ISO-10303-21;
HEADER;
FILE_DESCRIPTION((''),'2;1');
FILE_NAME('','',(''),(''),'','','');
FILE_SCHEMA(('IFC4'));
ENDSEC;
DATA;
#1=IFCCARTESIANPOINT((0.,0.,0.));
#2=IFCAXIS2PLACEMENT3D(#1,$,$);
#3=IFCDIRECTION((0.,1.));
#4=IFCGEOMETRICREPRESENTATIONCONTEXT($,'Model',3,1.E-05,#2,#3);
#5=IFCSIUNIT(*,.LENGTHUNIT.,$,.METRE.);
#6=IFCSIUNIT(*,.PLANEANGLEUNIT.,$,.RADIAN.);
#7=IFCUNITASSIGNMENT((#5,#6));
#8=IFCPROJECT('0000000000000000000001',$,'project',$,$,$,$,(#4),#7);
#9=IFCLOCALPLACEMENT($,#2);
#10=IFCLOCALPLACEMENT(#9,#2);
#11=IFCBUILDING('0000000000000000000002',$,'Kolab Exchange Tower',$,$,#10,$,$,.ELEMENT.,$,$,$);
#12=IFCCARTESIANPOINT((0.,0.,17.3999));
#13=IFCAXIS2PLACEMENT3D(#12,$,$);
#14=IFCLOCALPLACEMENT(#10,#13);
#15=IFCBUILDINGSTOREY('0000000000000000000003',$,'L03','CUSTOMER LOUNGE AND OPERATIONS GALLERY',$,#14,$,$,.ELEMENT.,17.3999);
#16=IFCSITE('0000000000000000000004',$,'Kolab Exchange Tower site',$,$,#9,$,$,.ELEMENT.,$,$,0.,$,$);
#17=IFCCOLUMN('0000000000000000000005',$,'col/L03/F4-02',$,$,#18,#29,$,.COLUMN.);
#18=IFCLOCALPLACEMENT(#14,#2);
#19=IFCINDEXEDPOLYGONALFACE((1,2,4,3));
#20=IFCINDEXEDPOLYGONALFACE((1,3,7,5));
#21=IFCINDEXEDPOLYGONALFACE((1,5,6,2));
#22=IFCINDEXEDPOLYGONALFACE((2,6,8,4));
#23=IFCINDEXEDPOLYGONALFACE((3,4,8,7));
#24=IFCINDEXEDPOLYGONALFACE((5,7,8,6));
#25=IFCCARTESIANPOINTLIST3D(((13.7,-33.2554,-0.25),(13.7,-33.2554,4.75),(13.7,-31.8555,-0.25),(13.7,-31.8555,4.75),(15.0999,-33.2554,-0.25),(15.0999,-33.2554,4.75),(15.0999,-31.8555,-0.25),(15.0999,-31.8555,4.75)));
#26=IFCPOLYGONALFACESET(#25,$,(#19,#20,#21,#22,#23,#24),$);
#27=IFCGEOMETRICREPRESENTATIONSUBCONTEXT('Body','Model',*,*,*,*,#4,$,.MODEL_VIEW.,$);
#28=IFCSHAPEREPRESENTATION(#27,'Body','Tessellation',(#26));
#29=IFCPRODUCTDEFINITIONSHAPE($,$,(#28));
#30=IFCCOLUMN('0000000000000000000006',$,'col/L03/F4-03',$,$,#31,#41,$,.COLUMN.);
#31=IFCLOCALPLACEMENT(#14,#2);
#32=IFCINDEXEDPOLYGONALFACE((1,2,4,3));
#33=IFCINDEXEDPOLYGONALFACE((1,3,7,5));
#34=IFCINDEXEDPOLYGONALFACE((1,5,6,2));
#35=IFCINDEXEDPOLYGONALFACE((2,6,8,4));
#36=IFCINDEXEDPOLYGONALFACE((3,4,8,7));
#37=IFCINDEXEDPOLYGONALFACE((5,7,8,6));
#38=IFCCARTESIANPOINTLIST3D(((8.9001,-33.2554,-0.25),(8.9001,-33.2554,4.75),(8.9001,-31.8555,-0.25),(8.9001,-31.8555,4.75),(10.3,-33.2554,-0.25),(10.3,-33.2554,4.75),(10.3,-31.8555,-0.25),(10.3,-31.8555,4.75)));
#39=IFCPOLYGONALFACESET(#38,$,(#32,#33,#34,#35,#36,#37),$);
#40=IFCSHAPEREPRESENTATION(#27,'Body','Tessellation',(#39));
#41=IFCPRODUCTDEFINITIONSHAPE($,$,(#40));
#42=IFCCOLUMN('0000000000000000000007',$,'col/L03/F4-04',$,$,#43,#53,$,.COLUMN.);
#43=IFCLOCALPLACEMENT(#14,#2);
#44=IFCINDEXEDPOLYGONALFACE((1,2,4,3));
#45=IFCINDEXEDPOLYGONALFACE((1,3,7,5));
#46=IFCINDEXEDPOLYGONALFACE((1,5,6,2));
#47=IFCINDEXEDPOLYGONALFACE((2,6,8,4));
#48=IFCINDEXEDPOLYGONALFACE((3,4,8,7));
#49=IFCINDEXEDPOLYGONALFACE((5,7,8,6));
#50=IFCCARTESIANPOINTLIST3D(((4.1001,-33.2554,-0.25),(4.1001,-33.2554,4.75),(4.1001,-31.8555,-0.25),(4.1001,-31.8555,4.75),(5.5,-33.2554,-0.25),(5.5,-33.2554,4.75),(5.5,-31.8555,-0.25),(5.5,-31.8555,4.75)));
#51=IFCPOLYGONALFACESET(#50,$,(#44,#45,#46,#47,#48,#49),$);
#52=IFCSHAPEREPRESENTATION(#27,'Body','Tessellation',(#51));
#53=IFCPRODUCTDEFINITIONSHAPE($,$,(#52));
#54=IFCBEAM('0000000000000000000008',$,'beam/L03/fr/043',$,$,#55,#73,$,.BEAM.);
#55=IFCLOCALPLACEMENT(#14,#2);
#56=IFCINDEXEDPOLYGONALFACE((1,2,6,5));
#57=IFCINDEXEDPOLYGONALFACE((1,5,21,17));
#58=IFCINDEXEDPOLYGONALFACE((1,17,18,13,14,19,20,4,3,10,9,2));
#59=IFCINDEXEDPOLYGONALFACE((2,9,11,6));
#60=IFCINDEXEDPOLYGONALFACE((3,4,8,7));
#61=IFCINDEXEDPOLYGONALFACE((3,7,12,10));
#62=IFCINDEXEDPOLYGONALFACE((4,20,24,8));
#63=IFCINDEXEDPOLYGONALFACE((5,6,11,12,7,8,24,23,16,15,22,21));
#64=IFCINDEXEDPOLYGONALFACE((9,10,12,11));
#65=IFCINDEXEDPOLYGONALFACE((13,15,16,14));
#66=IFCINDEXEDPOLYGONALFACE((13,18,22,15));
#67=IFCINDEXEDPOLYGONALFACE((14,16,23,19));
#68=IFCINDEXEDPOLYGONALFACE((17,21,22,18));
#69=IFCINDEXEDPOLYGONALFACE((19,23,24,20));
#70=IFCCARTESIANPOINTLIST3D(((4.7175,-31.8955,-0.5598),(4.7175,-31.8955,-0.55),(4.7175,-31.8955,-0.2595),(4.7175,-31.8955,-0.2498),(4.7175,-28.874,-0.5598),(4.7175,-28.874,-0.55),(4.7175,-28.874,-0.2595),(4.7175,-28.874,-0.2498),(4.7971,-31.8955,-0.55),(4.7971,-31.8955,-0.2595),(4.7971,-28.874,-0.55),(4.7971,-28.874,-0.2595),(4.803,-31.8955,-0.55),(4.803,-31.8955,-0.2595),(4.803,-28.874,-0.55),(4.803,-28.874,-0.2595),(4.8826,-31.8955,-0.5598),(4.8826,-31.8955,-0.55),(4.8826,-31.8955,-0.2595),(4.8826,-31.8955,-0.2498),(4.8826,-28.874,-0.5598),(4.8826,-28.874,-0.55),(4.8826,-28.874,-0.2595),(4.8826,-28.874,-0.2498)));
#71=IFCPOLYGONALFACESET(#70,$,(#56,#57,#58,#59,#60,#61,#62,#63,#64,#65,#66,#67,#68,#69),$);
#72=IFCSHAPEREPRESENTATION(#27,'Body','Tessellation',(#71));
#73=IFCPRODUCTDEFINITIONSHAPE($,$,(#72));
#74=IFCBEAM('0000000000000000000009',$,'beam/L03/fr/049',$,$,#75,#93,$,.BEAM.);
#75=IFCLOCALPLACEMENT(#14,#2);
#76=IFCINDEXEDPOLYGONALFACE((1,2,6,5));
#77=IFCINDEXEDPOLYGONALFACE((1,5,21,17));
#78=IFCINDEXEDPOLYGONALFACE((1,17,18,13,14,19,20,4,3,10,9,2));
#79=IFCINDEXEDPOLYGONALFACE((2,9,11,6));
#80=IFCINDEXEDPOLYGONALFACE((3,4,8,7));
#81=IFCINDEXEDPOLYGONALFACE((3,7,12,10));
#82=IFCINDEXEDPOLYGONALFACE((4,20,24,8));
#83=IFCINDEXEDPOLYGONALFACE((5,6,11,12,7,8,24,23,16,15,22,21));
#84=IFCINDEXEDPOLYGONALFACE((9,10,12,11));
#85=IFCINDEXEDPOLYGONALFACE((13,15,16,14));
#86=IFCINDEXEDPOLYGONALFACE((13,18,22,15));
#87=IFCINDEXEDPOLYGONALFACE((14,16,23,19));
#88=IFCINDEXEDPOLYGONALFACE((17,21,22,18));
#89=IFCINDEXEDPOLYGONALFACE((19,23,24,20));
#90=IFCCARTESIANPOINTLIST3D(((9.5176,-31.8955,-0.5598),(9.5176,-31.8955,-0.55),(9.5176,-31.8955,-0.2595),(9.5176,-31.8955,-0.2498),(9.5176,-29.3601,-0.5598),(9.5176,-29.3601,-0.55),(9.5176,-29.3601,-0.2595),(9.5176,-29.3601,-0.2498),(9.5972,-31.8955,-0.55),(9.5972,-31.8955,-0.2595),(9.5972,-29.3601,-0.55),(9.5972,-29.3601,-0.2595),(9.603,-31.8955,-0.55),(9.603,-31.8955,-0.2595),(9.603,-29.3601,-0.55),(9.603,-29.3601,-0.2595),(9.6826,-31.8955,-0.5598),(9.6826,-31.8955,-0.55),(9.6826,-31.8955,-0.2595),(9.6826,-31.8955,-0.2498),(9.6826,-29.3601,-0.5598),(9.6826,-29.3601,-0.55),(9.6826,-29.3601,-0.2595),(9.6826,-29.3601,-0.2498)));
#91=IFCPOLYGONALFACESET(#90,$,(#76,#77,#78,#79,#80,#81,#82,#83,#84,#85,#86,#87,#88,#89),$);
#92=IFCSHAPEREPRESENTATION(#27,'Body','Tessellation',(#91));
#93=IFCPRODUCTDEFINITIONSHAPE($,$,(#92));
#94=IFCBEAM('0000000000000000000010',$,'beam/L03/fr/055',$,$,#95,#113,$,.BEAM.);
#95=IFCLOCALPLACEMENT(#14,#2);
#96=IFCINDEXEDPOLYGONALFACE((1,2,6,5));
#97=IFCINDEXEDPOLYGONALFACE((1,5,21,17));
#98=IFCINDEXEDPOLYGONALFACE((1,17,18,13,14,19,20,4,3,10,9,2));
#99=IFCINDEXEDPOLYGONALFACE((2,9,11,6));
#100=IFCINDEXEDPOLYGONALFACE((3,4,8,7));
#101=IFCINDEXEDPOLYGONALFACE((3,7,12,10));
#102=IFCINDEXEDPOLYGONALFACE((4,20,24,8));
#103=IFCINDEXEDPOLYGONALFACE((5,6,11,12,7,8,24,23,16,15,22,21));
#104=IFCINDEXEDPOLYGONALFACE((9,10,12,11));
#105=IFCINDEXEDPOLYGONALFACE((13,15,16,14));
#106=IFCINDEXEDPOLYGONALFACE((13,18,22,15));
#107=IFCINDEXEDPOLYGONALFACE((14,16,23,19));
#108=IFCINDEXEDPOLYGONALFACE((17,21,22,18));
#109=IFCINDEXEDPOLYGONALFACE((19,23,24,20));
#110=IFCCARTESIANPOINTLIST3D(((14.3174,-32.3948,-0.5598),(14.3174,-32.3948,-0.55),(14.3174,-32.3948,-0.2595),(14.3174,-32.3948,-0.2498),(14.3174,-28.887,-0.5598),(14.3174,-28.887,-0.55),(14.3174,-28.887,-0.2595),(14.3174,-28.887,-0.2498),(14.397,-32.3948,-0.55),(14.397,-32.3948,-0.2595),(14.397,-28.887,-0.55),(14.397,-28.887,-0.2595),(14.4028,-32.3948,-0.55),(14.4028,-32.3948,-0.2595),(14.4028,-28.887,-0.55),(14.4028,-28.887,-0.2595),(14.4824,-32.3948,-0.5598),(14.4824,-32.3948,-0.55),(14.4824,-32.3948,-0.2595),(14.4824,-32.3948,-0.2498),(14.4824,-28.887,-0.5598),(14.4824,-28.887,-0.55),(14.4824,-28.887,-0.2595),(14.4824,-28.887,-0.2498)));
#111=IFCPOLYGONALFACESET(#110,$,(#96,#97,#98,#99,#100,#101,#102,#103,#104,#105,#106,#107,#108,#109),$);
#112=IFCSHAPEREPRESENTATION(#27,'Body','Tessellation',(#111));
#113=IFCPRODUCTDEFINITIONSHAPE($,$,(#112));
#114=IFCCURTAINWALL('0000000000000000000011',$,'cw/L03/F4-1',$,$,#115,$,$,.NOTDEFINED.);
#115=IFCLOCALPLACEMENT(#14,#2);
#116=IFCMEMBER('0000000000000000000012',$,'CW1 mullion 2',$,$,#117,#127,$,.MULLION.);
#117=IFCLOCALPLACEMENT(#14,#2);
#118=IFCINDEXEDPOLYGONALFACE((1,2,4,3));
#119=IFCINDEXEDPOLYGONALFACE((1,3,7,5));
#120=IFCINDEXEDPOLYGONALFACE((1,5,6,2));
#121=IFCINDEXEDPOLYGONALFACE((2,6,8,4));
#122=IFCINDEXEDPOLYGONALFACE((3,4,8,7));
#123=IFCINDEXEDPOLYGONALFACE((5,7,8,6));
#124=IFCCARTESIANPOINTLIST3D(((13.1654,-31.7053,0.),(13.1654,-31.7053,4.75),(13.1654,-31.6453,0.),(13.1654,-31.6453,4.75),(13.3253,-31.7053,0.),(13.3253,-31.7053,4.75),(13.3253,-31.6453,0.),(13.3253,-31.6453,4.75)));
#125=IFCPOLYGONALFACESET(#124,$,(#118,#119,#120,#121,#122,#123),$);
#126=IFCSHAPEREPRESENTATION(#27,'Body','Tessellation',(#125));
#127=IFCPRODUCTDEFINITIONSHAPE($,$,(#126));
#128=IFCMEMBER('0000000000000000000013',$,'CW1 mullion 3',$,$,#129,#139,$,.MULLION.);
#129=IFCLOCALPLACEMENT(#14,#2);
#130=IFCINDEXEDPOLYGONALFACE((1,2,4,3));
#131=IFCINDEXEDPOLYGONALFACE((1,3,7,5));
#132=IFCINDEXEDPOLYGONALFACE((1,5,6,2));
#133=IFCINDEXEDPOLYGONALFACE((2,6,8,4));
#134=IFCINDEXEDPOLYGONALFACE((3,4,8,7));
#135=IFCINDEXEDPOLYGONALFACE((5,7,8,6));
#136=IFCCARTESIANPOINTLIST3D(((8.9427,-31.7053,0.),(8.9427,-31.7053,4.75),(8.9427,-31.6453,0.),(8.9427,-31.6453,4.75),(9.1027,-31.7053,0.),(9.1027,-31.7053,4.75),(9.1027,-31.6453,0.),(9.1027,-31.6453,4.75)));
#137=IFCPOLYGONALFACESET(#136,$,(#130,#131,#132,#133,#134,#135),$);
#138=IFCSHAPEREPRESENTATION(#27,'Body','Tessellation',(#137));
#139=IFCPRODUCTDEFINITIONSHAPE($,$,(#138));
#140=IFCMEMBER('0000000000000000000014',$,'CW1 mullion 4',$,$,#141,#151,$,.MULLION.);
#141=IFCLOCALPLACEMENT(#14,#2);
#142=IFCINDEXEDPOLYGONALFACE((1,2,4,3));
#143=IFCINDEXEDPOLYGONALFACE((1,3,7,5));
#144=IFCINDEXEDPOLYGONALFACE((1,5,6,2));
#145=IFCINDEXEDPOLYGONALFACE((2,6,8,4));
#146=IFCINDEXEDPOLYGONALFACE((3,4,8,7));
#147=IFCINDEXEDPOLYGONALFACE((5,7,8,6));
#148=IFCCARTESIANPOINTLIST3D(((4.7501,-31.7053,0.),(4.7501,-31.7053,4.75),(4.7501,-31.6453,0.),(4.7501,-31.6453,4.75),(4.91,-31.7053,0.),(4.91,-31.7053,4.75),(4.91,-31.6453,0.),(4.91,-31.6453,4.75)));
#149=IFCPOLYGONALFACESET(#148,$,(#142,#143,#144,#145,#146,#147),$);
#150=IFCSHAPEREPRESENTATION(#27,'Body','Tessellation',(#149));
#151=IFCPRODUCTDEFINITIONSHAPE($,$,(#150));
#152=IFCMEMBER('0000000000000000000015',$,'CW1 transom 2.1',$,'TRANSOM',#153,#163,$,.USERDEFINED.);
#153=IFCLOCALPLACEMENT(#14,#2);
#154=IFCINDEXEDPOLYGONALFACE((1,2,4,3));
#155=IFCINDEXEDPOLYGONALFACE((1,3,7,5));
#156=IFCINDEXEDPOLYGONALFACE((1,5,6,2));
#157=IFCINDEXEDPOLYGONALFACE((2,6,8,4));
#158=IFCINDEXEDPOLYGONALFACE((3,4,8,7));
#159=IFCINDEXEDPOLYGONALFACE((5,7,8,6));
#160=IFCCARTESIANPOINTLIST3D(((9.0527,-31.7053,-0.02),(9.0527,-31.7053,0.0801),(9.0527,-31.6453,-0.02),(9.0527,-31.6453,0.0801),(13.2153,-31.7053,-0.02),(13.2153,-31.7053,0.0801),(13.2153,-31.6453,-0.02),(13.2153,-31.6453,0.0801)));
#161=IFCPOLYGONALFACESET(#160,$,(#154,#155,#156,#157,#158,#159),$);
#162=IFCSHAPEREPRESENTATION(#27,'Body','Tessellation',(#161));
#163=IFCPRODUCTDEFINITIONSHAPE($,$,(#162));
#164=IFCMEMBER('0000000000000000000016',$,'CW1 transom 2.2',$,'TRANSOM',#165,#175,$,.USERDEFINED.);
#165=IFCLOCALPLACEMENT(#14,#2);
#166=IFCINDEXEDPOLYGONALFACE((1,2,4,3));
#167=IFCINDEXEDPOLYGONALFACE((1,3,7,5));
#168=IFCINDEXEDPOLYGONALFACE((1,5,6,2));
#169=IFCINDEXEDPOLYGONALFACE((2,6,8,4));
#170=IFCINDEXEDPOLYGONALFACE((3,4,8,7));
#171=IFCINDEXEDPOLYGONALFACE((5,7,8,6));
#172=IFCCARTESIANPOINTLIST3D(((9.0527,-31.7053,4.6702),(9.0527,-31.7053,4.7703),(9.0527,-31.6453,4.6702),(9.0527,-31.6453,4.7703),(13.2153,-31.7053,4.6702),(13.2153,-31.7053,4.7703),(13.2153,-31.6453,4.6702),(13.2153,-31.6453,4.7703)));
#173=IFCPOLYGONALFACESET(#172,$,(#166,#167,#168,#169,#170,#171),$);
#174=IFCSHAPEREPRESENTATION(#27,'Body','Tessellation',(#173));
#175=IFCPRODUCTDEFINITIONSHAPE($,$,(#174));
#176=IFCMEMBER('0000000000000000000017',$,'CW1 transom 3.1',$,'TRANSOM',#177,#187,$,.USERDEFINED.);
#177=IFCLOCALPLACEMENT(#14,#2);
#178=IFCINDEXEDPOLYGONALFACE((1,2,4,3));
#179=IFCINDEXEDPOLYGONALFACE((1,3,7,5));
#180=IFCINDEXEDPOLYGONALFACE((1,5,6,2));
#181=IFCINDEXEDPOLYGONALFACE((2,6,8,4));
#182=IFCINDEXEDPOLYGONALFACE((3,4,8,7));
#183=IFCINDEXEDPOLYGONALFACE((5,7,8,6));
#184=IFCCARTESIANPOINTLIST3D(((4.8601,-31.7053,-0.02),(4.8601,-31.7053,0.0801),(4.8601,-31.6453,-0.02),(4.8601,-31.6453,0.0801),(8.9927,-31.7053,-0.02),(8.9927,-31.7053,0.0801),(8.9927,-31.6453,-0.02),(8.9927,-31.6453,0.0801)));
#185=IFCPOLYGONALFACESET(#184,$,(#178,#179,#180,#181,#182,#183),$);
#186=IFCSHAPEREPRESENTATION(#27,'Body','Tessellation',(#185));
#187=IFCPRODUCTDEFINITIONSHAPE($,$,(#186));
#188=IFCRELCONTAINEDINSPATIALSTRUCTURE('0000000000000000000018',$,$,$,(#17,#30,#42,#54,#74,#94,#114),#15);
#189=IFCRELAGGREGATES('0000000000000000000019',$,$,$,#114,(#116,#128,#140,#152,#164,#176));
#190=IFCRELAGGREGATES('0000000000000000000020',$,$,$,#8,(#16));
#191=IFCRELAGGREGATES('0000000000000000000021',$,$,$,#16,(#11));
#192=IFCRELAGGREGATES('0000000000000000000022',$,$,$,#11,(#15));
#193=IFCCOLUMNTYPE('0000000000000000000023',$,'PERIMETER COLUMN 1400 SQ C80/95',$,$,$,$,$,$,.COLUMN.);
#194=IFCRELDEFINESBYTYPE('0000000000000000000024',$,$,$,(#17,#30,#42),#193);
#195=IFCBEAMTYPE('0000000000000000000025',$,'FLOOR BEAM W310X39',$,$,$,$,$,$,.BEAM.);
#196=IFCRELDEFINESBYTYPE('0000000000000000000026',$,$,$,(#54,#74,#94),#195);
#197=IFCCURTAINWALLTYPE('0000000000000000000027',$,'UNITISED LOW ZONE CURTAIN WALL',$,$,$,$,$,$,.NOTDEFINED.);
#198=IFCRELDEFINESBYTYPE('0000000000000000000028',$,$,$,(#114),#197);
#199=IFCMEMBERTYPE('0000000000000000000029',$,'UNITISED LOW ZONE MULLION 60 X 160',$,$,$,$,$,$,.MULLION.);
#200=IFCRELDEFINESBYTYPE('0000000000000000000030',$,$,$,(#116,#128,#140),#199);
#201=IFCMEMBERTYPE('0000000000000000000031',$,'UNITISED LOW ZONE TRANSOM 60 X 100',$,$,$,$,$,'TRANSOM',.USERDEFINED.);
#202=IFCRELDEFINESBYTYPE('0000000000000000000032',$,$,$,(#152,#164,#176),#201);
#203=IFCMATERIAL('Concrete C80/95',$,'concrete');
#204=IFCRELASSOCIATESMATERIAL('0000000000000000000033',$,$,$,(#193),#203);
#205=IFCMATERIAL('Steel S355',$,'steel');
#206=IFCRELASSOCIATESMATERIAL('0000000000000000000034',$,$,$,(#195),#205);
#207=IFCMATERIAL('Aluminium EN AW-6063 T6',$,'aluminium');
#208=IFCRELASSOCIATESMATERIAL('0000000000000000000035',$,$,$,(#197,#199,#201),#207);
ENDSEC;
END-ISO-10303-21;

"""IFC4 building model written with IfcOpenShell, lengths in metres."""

from ifc_helpers import new_model, si_unit, direction, frame, origin, origin_2d, place, context, subcontext, project, spatial, rectangle, i_section, extrude, material, material_profile, profile_set, type_object, element, aggregate, save


model = new_model("IFC4")

# Units and contexts
model_context = context("Model", 3, precision=1e-05, world=origin(), true_north=direction((0.0, 1.0)))
body_context = subcontext(model_context, "Body", "Model", "MODEL_VIEW")
ifc_project = project(units=[si_unit("LENGTHUNIT", "METRE"), si_unit("PLANEANGLEUNIT", "RADIAN")], contexts=[model_context])

# Site, building, storey
site_placement = place(None, origin())
site = spatial("IfcSite", under=ifc_project, at=site_placement, Name="Kolab Exchange Tower site", CompositionType="ELEMENT", RefElevation=0.0)
building_placement = place(site_placement, origin())
building = spatial("IfcBuilding", under=site, at=building_placement, Name="Kolab Exchange Tower", CompositionType="ELEMENT")
storey_placement = place(building_placement, frame((0.0, 0.0, 17.3999)))
storey = spatial("IfcBuildingStorey", under=building, at=storey_placement, Name="L03", Description="CUSTOMER LOUNGE AND OPERATIONS GALLERY", CompositionType="ELEMENT", Elevation=17.3999)

# Columns
ifc_material_1 = material(Name="Concrete C80/95", Category="concrete")
ifc_material_profile_1 = material_profile(ifc_material_1, rectangle(XDim=1.3999, YDim=1.3999, at=origin_2d()), Name="RC1400")
ifc_profile_set_1 = profile_set([ifc_material_profile_1], Name="Concrete C80/95")
column_type = type_object("IfcColumnType", Name="PERIMETER COLUMN 1400 SQ C80/95", PredefinedType="COLUMN", material=ifc_profile_set_1)
for number, where, z_axis, x_axis, name in (
    (1, (14.3999, -32.5554, -0.25), (0.0, 0.0, 1.0), (1.0, 0.0, 0.0), "col/L03/F4-02"),
    (2, (9.6001, -32.5554, -0.25), (0.0, 0.0, 1.0), (1.0, 0.0, 0.0), "col/L03/F4-03"),
    (3, (4.8, -32.5554, -0.25), (0.0, 0.0, 1.0), (1.0, 0.0, 0.0), "col/L03/F4-04"),
):
    element("IfcColumn", number, at=place(storey_placement, frame(where, z_axis=z_axis, x_axis=x_axis)), inside=storey, type_object=column_type, Name=name, PredefinedType="COLUMN", context=body_context, shape_type="SweptSolid", body=[
        extrude(rectangle(XDim=1.3999, YDim=1.3999, at=origin_2d()), origin(), (0.0, 0.0, 1.0), 5.0),
    ])

# Beams
ifc_material_2 = material(Name="Steel S355", Category="steel")
ifc_material_profile_2 = material_profile(ifc_material_2, i_section(OverallWidth=0.165, OverallDepth=0.3101, WebThickness=0.0059, FlangeThickness=0.0098, at=origin_2d()), Name="W310X39")
ifc_profile_set_2 = profile_set([ifc_material_profile_2], Name="Steel S355")
beam_type = type_object("IfcBeamType", Name="FLOOR BEAM W310X39", PredefinedType="BEAM", material=ifc_profile_set_2)
beam_1_placement = place(storey_placement, frame((4.8, -31.8955, -0.4048), z_axis=(0.0, 1.0, 0.0), x_axis=(-1.0, 0.0, 0.0)))
element("IfcBeam", 4, at=beam_1_placement, inside=storey, type_object=beam_type, Name="beam/L03/fr/043", PredefinedType="BEAM", context=body_context, shape_type="SweptSolid", body=[
    extrude(i_section(OverallWidth=0.165, OverallDepth=0.3101, WebThickness=0.0059, FlangeThickness=0.0098, at=origin_2d()), origin(), (0.0, 0.0, 1.0), 3.0215),
])
beam_2_placement = place(storey_placement, frame((9.6001, -31.8955, -0.4048), z_axis=(0.0, 1.0, 0.0), x_axis=(-1.0, 0.0, 0.0)))
element("IfcBeam", 5, at=beam_2_placement, inside=storey, type_object=beam_type, Name="beam/L03/fr/049", PredefinedType="BEAM", context=body_context, shape_type="SweptSolid", body=[
    extrude(i_section(OverallWidth=0.165, OverallDepth=0.3101, WebThickness=0.0059, FlangeThickness=0.0098, at=origin_2d()), origin(), (0.0, 0.0, 1.0), 2.5354),
])
beam_3_placement = place(storey_placement, frame((14.3999, -32.3948, -0.4048), z_axis=(0.0, 1.0, 0.0), x_axis=(-1.0, 0.0, 0.0)))
element("IfcBeam", 6, at=beam_3_placement, inside=storey, type_object=beam_type, Name="beam/L03/fr/055", PredefinedType="BEAM", context=body_context, shape_type="SweptSolid", body=[
    extrude(i_section(OverallWidth=0.165, OverallDepth=0.3101, WebThickness=0.0059, FlangeThickness=0.0098, at=origin_2d()), origin(), (0.0, 0.0, 1.0), 3.5078),
])

# Curtain wall, members
ifc_material_3 = material(Name="Aluminium EN AW-6063 T6", Category="aluminium")
curtain_wall_type = type_object("IfcCurtainWallType", Name="UNITISED LOW ZONE CURTAIN WALL", PredefinedType="NOTDEFINED", material=ifc_material_3)
curtain_wall_placement = place(storey_placement, origin())
curtain_wall = element("IfcCurtainWall", 7, at=curtain_wall_placement, inside=storey, type_object=curtain_wall_type, Name="cw/L03/F4-1", PredefinedType="NOTDEFINED")
ifc_material_profile_3 = material_profile(ifc_material_3, rectangle(XDim=0.0601, YDim=0.1599, at=origin_2d()), Name="RECT 60X160")
ifc_profile_set_3 = profile_set([ifc_material_profile_3], Name="Aluminium EN AW-6063 T6")
member_type_1 = type_object("IfcMemberType", Name="UNITISED LOW ZONE MULLION 60 X 160", PredefinedType="MULLION", material=ifc_profile_set_3)
member_1_placement = place(storey_placement, frame((13.2454, -31.6753, 0.0), z_axis=(0.0, 0.0, 1.0), x_axis=(0.0, -1.0, 0.0)))
member_1 = element("IfcMember", 8, at=member_1_placement, type_object=member_type_1, Name="CW1 mullion 2", PredefinedType="MULLION", context=body_context, shape_type="SweptSolid", body=[
    extrude(rectangle(XDim=0.0601, YDim=0.1599, at=origin_2d()), origin(), (0.0, 0.0, 1.0), 4.75),
])
member_2_placement = place(storey_placement, frame((9.0227, -31.6753, 0.0), z_axis=(0.0, 0.0, 1.0), x_axis=(0.0, -1.0, 0.0)))
member_2 = element("IfcMember", 9, at=member_2_placement, type_object=member_type_1, Name="CW1 mullion 3", PredefinedType="MULLION", context=body_context, shape_type="SweptSolid", body=[
    extrude(rectangle(XDim=0.0601, YDim=0.1599, at=origin_2d()), origin(), (0.0, 0.0, 1.0), 4.75),
])
member_3_placement = place(storey_placement, frame((4.8301, -31.6753, 0.0), z_axis=(0.0, 0.0, 1.0), x_axis=(0.0, -1.0, 0.0)))
member_3 = element("IfcMember", 10, at=member_3_placement, type_object=member_type_1, Name="CW1 mullion 4", PredefinedType="MULLION", context=body_context, shape_type="SweptSolid", body=[
    extrude(rectangle(XDim=0.0601, YDim=0.1599, at=origin_2d()), origin(), (0.0, 0.0, 1.0), 4.75),
])
ifc_material_profile_4 = material_profile(ifc_material_3, rectangle(XDim=0.0601, YDim=0.1001, at=origin_2d()), Name="RECT 60X100")
ifc_profile_set_4 = profile_set([ifc_material_profile_4], Name="Aluminium EN AW-6063 T6")
member_type_2 = type_object("IfcMemberType", Name="UNITISED LOW ZONE TRANSOM 60 X 100", ElementType="TRANSOM", PredefinedType="USERDEFINED", material=ifc_profile_set_4)
member_4_placement = place(storey_placement, frame((13.2153, -31.6753, 0.03), z_axis=(-1.0, 0.0, 0.0), x_axis=(0.0, -1.0, 0.0)))
member_4 = element("IfcMember", 11, at=member_4_placement, type_object=member_type_2, Name="CW1 transom 2.1", ObjectType="TRANSOM", PredefinedType="USERDEFINED", context=body_context, shape_type="SweptSolid", body=[
    extrude(rectangle(XDim=0.0601, YDim=0.1001, at=origin_2d()), origin(), (0.0, 0.0, 1.0), 4.1626),
])
member_5_placement = place(storey_placement, frame((13.2153, -31.6753, 4.7202), z_axis=(-1.0, 0.0, 0.0), x_axis=(0.0, -1.0, 0.0)))
member_5 = element("IfcMember", 12, at=member_5_placement, type_object=member_type_2, Name="CW1 transom 2.2", ObjectType="TRANSOM", PredefinedType="USERDEFINED", context=body_context, shape_type="SweptSolid", body=[
    extrude(rectangle(XDim=0.0601, YDim=0.1001, at=origin_2d()), origin(), (0.0, 0.0, 1.0), 4.1626),
])
member_6_placement = place(storey_placement, frame((8.9927, -31.6753, 0.03), z_axis=(-1.0, 0.0, 0.0), x_axis=(0.0, -1.0, 0.0)))
member_6 = element("IfcMember", 13, at=member_6_placement, type_object=member_type_2, Name="CW1 transom 3.1", ObjectType="TRANSOM", PredefinedType="USERDEFINED", context=body_context, shape_type="SweptSolid", body=[
    extrude(rectangle(XDim=0.0601, YDim=0.1001, at=origin_2d()), origin(), (0.0, 0.0, 1.0), 4.1326),
])
aggregate(curtain_wall, [member_1, member_2, member_3, member_4, member_5, member_6])

save(model, "model.ifc")
